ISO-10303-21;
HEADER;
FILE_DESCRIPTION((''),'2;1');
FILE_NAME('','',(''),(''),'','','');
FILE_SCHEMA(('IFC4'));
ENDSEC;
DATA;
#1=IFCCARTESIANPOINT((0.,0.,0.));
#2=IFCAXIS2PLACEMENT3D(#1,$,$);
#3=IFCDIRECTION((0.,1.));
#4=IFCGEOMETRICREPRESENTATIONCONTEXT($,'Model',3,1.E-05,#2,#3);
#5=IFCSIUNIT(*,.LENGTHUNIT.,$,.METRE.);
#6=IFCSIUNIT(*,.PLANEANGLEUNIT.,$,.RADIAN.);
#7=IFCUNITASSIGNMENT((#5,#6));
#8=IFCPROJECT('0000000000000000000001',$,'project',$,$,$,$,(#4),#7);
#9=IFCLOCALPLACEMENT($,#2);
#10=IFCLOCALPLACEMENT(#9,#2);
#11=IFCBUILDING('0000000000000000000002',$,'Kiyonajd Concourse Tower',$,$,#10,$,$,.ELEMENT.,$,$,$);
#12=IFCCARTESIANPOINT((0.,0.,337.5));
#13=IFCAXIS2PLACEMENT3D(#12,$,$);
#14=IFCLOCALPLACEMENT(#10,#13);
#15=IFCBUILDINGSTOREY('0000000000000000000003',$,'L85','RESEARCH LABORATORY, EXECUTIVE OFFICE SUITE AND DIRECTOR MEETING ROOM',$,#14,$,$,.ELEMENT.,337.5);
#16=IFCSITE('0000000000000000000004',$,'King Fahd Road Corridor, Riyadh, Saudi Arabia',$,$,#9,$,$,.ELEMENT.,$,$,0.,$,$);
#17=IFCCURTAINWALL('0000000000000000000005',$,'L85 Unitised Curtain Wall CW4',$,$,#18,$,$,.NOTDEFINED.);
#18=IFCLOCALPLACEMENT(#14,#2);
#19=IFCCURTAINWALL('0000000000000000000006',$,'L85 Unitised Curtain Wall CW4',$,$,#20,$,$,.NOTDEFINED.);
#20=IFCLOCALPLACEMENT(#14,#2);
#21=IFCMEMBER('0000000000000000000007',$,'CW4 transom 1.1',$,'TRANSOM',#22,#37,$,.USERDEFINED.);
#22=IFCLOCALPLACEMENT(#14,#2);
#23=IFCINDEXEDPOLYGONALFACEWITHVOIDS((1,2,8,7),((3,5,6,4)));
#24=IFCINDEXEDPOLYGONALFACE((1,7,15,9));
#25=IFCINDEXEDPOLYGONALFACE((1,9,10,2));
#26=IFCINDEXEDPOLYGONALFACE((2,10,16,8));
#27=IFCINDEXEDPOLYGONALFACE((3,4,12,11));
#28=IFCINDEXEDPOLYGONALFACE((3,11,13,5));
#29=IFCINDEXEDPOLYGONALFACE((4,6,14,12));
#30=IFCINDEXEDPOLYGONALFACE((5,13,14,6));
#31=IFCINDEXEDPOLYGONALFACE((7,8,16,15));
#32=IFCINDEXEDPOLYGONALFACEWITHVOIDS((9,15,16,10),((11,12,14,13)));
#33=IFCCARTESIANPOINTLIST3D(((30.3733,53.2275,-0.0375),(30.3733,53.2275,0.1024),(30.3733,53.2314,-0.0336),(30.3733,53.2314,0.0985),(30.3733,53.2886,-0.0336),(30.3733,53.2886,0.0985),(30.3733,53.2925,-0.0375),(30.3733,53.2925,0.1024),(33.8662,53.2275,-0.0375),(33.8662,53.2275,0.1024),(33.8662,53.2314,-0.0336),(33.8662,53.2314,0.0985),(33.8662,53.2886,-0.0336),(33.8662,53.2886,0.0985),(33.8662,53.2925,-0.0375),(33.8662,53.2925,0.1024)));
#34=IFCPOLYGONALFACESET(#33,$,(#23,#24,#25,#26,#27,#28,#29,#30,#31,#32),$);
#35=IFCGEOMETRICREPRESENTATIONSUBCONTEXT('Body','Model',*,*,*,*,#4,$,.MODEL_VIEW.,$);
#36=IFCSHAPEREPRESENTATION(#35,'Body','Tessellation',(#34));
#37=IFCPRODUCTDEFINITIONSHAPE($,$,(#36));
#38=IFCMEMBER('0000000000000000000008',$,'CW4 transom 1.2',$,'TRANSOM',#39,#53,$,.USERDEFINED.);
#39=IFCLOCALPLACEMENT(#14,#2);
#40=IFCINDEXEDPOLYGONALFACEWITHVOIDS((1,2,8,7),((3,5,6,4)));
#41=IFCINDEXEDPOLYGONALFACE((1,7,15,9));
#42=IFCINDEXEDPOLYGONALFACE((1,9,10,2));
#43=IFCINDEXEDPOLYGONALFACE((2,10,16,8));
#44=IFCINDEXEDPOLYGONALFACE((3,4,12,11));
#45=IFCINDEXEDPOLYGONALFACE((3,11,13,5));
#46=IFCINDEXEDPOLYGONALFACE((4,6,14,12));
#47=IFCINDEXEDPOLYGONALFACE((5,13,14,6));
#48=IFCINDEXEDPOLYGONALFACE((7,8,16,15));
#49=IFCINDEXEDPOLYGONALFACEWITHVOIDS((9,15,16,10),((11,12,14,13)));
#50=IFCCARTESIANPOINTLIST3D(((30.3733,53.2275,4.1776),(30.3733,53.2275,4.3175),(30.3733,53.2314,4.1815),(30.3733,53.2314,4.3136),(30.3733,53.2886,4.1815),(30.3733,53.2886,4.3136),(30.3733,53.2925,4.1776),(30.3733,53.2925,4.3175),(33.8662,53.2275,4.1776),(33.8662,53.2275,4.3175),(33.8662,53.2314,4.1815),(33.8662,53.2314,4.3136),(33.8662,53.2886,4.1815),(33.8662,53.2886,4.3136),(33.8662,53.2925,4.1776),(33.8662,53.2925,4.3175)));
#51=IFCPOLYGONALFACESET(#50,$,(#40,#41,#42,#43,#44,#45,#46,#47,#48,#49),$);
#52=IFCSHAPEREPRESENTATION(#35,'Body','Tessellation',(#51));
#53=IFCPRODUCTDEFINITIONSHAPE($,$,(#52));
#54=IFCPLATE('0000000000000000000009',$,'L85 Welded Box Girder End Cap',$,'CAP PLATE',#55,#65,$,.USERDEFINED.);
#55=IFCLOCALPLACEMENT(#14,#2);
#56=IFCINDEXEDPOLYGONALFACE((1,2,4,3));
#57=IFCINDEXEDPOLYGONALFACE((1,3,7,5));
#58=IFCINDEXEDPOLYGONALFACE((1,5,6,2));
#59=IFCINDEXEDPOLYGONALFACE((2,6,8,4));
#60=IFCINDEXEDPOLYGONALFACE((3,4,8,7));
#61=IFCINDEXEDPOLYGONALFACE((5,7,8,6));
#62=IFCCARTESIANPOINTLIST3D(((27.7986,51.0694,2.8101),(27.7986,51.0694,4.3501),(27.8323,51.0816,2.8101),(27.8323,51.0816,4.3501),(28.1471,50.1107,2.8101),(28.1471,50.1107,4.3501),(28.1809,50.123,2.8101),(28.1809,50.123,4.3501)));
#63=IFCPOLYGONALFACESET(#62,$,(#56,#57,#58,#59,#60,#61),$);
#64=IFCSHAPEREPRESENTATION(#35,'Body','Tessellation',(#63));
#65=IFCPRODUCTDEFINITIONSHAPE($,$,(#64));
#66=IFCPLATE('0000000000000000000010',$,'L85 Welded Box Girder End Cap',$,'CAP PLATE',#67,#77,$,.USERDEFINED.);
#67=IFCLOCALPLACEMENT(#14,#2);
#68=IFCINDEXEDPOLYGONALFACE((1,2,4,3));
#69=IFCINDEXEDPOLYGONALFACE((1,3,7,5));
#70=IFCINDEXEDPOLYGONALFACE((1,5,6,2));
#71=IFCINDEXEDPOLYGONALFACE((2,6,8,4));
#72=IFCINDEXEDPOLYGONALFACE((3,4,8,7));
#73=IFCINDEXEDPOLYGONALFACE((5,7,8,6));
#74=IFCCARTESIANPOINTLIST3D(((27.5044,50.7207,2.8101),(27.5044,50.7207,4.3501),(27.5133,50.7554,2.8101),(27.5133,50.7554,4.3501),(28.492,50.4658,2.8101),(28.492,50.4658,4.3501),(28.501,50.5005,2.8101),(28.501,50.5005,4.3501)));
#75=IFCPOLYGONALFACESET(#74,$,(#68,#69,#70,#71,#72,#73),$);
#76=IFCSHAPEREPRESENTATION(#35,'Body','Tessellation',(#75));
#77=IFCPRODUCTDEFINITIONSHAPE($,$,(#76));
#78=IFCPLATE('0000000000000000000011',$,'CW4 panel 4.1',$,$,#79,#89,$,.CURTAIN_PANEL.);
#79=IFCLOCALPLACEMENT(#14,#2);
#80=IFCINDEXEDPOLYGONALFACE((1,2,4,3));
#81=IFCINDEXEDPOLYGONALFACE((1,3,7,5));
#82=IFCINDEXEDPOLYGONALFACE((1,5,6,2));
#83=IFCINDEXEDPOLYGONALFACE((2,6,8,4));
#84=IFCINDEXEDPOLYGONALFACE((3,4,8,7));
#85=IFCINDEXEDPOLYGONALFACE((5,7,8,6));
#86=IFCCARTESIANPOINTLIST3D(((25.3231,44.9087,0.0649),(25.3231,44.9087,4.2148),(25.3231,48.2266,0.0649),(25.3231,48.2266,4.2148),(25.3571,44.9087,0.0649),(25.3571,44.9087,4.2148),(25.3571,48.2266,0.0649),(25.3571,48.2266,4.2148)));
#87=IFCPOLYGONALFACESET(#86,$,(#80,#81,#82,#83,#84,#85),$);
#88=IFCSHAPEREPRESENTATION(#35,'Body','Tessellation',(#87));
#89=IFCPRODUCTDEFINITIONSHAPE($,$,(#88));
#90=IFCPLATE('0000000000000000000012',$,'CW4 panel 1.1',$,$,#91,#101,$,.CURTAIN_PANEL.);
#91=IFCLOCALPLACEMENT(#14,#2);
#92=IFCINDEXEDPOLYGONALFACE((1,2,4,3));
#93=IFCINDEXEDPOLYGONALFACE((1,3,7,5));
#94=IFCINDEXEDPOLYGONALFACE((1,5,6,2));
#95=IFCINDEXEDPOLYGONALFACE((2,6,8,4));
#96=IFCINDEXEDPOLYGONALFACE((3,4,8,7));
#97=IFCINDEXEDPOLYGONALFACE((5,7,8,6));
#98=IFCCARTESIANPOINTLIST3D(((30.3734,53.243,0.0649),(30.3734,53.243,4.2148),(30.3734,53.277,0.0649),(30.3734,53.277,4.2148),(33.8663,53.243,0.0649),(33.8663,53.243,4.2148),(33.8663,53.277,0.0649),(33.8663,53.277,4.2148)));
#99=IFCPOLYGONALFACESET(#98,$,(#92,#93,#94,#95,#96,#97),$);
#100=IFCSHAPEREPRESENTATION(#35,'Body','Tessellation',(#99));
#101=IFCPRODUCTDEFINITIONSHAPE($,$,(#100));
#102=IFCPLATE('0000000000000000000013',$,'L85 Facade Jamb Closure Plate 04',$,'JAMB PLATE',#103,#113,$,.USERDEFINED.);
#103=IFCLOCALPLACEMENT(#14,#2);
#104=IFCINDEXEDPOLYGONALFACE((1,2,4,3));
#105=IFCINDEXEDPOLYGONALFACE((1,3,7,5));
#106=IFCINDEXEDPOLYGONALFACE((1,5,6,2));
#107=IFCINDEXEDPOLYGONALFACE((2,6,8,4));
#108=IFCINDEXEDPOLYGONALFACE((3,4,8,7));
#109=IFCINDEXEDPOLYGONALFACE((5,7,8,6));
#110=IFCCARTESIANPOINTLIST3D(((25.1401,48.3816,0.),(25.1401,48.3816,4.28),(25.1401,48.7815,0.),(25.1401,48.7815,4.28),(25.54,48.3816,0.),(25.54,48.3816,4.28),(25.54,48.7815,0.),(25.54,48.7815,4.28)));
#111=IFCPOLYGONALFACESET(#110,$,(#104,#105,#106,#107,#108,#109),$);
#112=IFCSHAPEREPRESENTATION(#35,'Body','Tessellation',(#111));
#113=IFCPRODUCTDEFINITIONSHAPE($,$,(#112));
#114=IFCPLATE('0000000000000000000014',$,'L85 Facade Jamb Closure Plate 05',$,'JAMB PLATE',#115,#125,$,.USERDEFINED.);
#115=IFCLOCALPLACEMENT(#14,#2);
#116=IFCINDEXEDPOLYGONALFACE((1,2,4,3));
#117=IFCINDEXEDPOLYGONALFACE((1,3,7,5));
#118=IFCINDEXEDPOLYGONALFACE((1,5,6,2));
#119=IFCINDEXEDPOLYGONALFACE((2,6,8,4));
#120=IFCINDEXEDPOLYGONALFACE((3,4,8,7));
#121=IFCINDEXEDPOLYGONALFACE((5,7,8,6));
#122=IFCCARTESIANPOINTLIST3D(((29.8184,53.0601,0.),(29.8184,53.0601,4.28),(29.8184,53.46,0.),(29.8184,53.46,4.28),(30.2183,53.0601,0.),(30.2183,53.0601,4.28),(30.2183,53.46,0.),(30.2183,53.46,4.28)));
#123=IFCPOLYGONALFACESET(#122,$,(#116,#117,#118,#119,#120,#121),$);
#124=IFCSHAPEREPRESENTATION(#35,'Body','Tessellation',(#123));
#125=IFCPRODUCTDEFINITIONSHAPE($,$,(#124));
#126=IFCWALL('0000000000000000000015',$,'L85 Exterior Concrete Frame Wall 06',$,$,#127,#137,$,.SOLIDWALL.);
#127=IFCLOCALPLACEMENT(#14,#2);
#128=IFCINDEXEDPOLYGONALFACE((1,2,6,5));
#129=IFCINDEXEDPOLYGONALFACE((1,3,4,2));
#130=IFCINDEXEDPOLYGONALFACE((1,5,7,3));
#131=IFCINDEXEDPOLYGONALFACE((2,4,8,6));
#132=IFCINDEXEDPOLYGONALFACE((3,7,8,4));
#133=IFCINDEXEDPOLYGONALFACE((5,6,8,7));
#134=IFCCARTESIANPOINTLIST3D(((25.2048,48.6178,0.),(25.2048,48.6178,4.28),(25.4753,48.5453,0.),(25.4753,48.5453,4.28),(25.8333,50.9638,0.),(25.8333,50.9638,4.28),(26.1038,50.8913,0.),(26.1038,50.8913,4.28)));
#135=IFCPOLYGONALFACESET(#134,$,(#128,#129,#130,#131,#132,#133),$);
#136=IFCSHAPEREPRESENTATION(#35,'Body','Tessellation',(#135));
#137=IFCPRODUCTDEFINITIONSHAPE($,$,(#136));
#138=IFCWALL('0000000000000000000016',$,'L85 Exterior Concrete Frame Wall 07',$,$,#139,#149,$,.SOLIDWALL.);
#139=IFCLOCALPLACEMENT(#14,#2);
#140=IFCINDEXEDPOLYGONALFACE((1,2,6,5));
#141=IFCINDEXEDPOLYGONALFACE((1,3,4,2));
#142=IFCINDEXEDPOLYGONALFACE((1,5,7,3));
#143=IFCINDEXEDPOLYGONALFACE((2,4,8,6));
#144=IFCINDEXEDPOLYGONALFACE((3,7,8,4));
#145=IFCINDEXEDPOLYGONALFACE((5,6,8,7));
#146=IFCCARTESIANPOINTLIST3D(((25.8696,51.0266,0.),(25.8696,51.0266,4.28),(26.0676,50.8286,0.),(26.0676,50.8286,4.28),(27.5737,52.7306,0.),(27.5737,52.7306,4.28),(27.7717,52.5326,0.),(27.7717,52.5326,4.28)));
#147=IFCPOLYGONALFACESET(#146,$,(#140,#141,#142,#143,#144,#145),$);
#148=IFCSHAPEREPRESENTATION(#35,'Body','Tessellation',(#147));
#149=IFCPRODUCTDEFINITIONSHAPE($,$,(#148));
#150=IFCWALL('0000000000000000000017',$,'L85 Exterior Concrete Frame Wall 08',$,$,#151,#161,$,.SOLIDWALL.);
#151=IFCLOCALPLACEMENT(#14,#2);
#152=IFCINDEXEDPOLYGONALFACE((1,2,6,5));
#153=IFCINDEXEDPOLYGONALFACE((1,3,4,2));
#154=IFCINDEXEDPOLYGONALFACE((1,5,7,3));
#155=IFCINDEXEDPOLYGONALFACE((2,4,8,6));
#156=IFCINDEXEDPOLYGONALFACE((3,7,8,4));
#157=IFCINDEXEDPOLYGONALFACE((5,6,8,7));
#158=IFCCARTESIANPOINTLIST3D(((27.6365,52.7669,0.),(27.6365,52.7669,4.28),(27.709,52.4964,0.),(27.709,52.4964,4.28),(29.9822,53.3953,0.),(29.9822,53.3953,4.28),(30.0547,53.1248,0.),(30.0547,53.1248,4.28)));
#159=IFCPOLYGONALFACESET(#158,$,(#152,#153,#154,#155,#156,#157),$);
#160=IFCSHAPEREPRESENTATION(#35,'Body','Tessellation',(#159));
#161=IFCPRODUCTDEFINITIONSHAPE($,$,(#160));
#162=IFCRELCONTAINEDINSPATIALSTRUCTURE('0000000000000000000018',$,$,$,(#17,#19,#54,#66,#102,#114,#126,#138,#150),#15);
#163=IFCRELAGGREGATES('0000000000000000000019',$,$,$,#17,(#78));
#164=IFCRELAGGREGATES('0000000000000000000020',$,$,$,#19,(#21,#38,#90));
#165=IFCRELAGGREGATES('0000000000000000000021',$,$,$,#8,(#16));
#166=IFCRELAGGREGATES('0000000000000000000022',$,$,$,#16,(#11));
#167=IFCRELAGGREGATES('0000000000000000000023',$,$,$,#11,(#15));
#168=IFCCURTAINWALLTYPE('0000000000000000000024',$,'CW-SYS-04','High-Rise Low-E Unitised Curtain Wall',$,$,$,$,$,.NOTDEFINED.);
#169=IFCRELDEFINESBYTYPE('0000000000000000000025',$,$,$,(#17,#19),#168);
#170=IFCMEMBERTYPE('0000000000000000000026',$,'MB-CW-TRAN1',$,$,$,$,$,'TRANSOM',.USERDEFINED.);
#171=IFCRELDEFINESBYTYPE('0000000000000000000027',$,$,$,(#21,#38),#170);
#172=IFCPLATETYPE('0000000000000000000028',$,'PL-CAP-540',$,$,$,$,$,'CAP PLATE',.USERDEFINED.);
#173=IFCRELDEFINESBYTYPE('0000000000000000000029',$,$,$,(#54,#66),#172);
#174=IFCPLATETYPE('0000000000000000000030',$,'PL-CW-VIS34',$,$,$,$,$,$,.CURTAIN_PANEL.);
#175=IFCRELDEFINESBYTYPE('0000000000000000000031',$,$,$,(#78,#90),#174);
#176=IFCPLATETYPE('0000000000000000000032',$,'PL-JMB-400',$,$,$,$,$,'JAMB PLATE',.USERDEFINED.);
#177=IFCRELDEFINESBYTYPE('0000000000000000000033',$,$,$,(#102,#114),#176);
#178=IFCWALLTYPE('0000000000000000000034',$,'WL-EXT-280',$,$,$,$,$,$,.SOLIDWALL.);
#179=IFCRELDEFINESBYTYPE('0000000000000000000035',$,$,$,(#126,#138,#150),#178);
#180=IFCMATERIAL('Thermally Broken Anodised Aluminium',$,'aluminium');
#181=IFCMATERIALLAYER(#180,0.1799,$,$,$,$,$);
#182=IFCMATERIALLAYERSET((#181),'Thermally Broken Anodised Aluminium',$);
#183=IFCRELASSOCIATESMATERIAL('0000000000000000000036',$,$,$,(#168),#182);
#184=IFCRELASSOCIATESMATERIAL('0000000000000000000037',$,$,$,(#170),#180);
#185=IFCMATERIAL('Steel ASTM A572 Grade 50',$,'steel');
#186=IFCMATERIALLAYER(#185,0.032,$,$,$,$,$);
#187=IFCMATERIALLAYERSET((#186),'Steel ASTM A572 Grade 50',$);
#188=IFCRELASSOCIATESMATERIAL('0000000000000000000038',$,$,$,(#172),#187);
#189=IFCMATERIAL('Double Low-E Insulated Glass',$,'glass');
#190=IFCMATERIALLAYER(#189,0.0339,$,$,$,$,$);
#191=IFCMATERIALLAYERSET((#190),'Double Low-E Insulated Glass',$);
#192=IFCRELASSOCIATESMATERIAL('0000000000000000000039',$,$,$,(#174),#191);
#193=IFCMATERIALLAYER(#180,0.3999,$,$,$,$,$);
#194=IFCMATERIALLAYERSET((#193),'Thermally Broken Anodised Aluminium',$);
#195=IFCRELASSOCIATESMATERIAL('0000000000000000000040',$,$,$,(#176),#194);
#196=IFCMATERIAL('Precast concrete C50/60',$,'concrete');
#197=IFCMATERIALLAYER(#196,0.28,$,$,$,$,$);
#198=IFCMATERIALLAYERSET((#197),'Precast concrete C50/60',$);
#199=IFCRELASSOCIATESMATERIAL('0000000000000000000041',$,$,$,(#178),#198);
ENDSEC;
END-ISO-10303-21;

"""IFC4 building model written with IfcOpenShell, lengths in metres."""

from ifc_helpers import new_model, si_unit, direction, frame, frame_2d, origin, origin_2d, place, context, subcontext, project, spatial, rectangle, hollow_rectangle, extrude, material, layer, layer_set, material_profile, profile_set, type_object, element, aggregate, save


model = new_model("IFC4")

# Units and contexts
model_context = context("Model", 3, precision=1e-05, world=origin(), true_north=direction((0.0, 1.0)))
body_context = subcontext(model_context, "Body", "Model", "MODEL_VIEW")
ifc_project = project(units=[si_unit("LENGTHUNIT", "METRE"), si_unit("PLANEANGLEUNIT", "RADIAN")], contexts=[model_context])

# Site, building, storey
site_placement = place(None, origin())
site = spatial("IfcSite", under=ifc_project, at=site_placement, Name="King Fahd Road Corridor, Riyadh, Saudi Arabia", CompositionType="ELEMENT", RefElevation=0.0)
building_placement = place(site_placement, origin())
building = spatial("IfcBuilding", under=site, at=building_placement, Name="Kiyonajd Concourse Tower", CompositionType="ELEMENT")
storey_placement = place(building_placement, frame((0.0, 0.0, 337.5)))
storey = spatial("IfcBuildingStorey", under=building, at=storey_placement, Name="L85", Description="RESEARCH LABORATORY, EXECUTIVE OFFICE SUITE AND DIRECTOR MEETING ROOM", CompositionType="ELEMENT", Elevation=337.5)

# Shared definitions
ifc_material_1 = material(Name="Steel ASTM A572 Grade 50", Category="steel")

# Curtain wall
ifc_material_2 = material(Name="Thermally Broken Anodised Aluminium", Category="aluminium")
ifc_layer_1 = layer(ifc_material_2, 0.1799)
ifc_layer_set_1 = layer_set([ifc_layer_1], Name="Thermally Broken Anodised Aluminium")
curtain_wall_type = type_object("IfcCurtainWallType", Name="CW-SYS-04", Description="High-Rise Low-E Unitised Curtain Wall", PredefinedType="NOTDEFINED", material=ifc_layer_set_1)
curtain_wall_1_placement = place(storey_placement, origin())
curtain_wall_1 = element("IfcCurtainWall", 1, at=curtain_wall_1_placement, inside=storey, type_object=curtain_wall_type, Name="L85 Unitised Curtain Wall CW4", PredefinedType="NOTDEFINED")

# Curtain wall
curtain_wall_2_placement = place(storey_placement, origin())
curtain_wall_2 = element("IfcCurtainWall", 2, at=curtain_wall_2_placement, inside=storey, type_object=curtain_wall_type, Name="L85 Unitised Curtain Wall CW4", PredefinedType="NOTDEFINED")

# Members
ifc_material_profile_1 = material_profile(ifc_material_2, hollow_rectangle(XDim=0.0649, YDim=0.1399, WallThickness=0.0039, at=origin_2d()), Name="TRAN-65x140")
ifc_profile_set_1 = profile_set([ifc_material_profile_1], Name="Thermally Broken Anodised Aluminium")
member_type_1 = type_object("IfcMemberType", Name="MB-CW-TRAN1", ElementType="TRANSOM", PredefinedType="USERDEFINED", material=ifc_profile_set_1)
member_1_placement = place(storey_placement, frame((30.3733, 53.26, 0.0325), z_axis=(1.0, 0.0, 0.0), x_axis=(0.0, 1.0, 0.0)))
member_1 = element("IfcMember", 3, at=member_1_placement, type_object=member_type_1, Name="CW4 transom 1.1", ObjectType="TRANSOM", PredefinedType="USERDEFINED", context=body_context, shape_type="SweptSolid", body=[
    extrude(hollow_rectangle(XDim=0.0649, YDim=0.1399, WallThickness=0.0039, at=origin_2d()), origin(), (0.0, 0.0, 1.0), 3.4929),
])
member_2_placement = place(storey_placement, frame((30.3733, 53.26, 4.2476), z_axis=(1.0, 0.0, 0.0), x_axis=(0.0, 1.0, 0.0)))
member_2 = element("IfcMember", 4, at=member_2_placement, type_object=member_type_1, Name="CW4 transom 1.2", ObjectType="TRANSOM", PredefinedType="USERDEFINED", context=body_context, shape_type="SweptSolid", body=[
    extrude(hollow_rectangle(XDim=0.0649, YDim=0.1399, WallThickness=0.0039, at=origin_2d()), origin(), (0.0, 0.0, 1.0), 3.4929),
])

# Plates
ifc_layer_2 = layer(ifc_material_1, 0.032)
ifc_layer_set_2 = layer_set([ifc_layer_2], Name="Steel ASTM A572 Grade 50")
plate_type_1 = type_object("IfcPlateType", Name="PL-CAP-540", ElementType="CAP PLATE", PredefinedType="USERDEFINED", material=ifc_layer_set_2)
for number, where, z_axis, x_axis, name in (
    (5, (27.9897, 50.5962, 2.8101), (0.0, 0.0, 1.0), (-0.939812, -0.341692, 0.0), "L85 Welded Box Girder End Cap"),
    (6, (28.0027, 50.6106, 2.8101), (0.0, 0.0, 1.0), (0.249873, 0.968279, 0.0), "L85 Welded Box Girder End Cap"),
):
    element("IfcPlate", number, at=place(storey_placement, frame(where, z_axis=z_axis, x_axis=x_axis)), inside=storey, type_object=plate_type_1, Name=name, ObjectType="CAP PLATE", PredefinedType="USERDEFINED", context=body_context, shape_type="SweptSolid", body=[
        extrude(rectangle(XDim=0.0359, YDim=1.02, at=origin_2d()), origin(), (0.0, 0.0, 1.0), 1.54),
    ])

# Plates
ifc_material_3 = material(Name="Double Low-E Insulated Glass", Category="glass")
ifc_layer_3 = layer(ifc_material_3, 0.0339)
ifc_layer_set_3 = layer_set([ifc_layer_3], Name="Double Low-E Insulated Glass")
plate_type_2 = type_object("IfcPlateType", Name="PL-CW-VIS34", PredefinedType="CURTAIN_PANEL", material=ifc_layer_set_3)
plate_1_placement = place(storey_placement, frame((25.3401, 46.5676, 0.0649), z_axis=(0.0, 0.0, 1.0), x_axis=(0.0, 1.0, 0.0)))
plate_1 = element("IfcPlate", 7, at=plate_1_placement, type_object=plate_type_2, Name="CW4 panel 4.1", PredefinedType="CURTAIN_PANEL", context=body_context, shape_type="SweptSolid", body=[
    extrude(rectangle(XDim=3.3179, YDim=0.0339, at=origin_2d()), origin(), (0.0, 0.0, 1.0), 4.1499),
])
aggregate(curtain_wall_1, [plate_1])
plate_2_placement = place(storey_placement, frame((32.1199, 53.26, 0.0649), z_axis=(0.0, 0.0, 1.0), x_axis=(1.0, 0.0, 0.0)))
plate_2 = element("IfcPlate", 8, at=plate_2_placement, type_object=plate_type_2, Name="CW4 panel 1.1", PredefinedType="CURTAIN_PANEL", context=body_context, shape_type="SweptSolid", body=[
    extrude(rectangle(XDim=3.4929, YDim=0.0339, at=origin_2d()), origin(), (0.0, 0.0, 1.0), 4.1499),
])
aggregate(curtain_wall_2, [member_1, member_2, plate_2])

# Plates
ifc_layer_4 = layer(ifc_material_2, 0.3999)
ifc_layer_set_4 = layer_set([ifc_layer_4], Name="Thermally Broken Anodised Aluminium")
plate_type_3 = type_object("IfcPlateType", Name="PL-JMB-400", ElementType="JAMB PLATE", PredefinedType="USERDEFINED", material=ifc_layer_set_4)
for number, where, z_axis, x_axis, name in (
    (9, (25.3401, 48.5815, 0.0), (0.0, 0.0, 1.0), (1.0, 0.0, 0.0), "L85 Facade Jamb Closure Plate 04"),
    (10, (30.0183, 53.26, 0.0), (0.0, 0.0, 1.0), (1.0, 0.0, 0.0), "L85 Facade Jamb Closure Plate 05"),
):
    element("IfcPlate", number, at=place(storey_placement, frame(where, z_axis=z_axis, x_axis=x_axis)), inside=storey, type_object=plate_type_3, Name=name, ObjectType="JAMB PLATE", PredefinedType="USERDEFINED", context=body_context, shape_type="SweptSolid", body=[
        extrude(rectangle(XDim=0.3999, YDim=0.3999, at=origin_2d()), origin(), (0.0, 0.0, 1.0), 4.28),
    ])

# Walls
ifc_material_4 = material(Name="Precast concrete C50/60", Category="concrete")
ifc_layer_5 = layer(ifc_material_4, 0.28)
ifc_layer_set_5 = layer_set([ifc_layer_5], Name="Precast concrete C50/60")
wall_type_1 = type_object("IfcWallType", Name="WL-EXT-280", PredefinedType="SOLIDWALL", material=ifc_layer_set_5)
wall_1_placement = place(storey_placement, frame((25.3401, 48.5815, 0.0), z_axis=(0.0, 0.0, 1.0), x_axis=(0.258751, 0.965944, 0.0)))
element("IfcWall", 11, at=wall_1_placement, inside=storey, type_object=wall_type_1, Name="L85 Exterior Concrete Frame Wall 06", PredefinedType="SOLIDWALL", context=body_context, shape_type="SweptSolid", body=[
    extrude(rectangle(XDim=2.4287, YDim=0.28, at=frame_2d((1.2144, 0.0))), origin(), (0.0, 0.0, 1.0), 4.28),
])
wall_2_placement = place(storey_placement, frame((25.9685, 50.9275, 0.0), z_axis=(0.0, 0.0, 1.0), x_axis=(0.707107, 0.707107, 0.0)))
element("IfcWall", 12, at=wall_2_placement, inside=storey, type_object=wall_type_1, Name="L85 Exterior Concrete Frame Wall 07", PredefinedType="SOLIDWALL", context=body_context, shape_type="SweptSolid", body=[
    extrude(rectangle(XDim=2.4099, YDim=0.28, at=frame_2d((1.2051, 0.0))), origin(), (0.0, 0.0, 1.0), 4.28),
])
wall_3_placement = place(storey_placement, frame((27.6726, 52.6316, 0.0), z_axis=(0.0, 0.0, 1.0), x_axis=(0.965937, 0.258776, 0.0)))
element("IfcWall", 13, at=wall_3_placement, inside=storey, type_object=wall_type_1, Name="L85 Exterior Concrete Frame Wall 08", PredefinedType="SOLIDWALL", context=body_context, shape_type="SweptSolid", body=[
    extrude(rectangle(XDim=2.4285, YDim=0.28, at=frame_2d((1.2144, 0.0))), origin(), (0.0, 0.0, 1.0), 4.28),
])

save(model, "model.ifc")
